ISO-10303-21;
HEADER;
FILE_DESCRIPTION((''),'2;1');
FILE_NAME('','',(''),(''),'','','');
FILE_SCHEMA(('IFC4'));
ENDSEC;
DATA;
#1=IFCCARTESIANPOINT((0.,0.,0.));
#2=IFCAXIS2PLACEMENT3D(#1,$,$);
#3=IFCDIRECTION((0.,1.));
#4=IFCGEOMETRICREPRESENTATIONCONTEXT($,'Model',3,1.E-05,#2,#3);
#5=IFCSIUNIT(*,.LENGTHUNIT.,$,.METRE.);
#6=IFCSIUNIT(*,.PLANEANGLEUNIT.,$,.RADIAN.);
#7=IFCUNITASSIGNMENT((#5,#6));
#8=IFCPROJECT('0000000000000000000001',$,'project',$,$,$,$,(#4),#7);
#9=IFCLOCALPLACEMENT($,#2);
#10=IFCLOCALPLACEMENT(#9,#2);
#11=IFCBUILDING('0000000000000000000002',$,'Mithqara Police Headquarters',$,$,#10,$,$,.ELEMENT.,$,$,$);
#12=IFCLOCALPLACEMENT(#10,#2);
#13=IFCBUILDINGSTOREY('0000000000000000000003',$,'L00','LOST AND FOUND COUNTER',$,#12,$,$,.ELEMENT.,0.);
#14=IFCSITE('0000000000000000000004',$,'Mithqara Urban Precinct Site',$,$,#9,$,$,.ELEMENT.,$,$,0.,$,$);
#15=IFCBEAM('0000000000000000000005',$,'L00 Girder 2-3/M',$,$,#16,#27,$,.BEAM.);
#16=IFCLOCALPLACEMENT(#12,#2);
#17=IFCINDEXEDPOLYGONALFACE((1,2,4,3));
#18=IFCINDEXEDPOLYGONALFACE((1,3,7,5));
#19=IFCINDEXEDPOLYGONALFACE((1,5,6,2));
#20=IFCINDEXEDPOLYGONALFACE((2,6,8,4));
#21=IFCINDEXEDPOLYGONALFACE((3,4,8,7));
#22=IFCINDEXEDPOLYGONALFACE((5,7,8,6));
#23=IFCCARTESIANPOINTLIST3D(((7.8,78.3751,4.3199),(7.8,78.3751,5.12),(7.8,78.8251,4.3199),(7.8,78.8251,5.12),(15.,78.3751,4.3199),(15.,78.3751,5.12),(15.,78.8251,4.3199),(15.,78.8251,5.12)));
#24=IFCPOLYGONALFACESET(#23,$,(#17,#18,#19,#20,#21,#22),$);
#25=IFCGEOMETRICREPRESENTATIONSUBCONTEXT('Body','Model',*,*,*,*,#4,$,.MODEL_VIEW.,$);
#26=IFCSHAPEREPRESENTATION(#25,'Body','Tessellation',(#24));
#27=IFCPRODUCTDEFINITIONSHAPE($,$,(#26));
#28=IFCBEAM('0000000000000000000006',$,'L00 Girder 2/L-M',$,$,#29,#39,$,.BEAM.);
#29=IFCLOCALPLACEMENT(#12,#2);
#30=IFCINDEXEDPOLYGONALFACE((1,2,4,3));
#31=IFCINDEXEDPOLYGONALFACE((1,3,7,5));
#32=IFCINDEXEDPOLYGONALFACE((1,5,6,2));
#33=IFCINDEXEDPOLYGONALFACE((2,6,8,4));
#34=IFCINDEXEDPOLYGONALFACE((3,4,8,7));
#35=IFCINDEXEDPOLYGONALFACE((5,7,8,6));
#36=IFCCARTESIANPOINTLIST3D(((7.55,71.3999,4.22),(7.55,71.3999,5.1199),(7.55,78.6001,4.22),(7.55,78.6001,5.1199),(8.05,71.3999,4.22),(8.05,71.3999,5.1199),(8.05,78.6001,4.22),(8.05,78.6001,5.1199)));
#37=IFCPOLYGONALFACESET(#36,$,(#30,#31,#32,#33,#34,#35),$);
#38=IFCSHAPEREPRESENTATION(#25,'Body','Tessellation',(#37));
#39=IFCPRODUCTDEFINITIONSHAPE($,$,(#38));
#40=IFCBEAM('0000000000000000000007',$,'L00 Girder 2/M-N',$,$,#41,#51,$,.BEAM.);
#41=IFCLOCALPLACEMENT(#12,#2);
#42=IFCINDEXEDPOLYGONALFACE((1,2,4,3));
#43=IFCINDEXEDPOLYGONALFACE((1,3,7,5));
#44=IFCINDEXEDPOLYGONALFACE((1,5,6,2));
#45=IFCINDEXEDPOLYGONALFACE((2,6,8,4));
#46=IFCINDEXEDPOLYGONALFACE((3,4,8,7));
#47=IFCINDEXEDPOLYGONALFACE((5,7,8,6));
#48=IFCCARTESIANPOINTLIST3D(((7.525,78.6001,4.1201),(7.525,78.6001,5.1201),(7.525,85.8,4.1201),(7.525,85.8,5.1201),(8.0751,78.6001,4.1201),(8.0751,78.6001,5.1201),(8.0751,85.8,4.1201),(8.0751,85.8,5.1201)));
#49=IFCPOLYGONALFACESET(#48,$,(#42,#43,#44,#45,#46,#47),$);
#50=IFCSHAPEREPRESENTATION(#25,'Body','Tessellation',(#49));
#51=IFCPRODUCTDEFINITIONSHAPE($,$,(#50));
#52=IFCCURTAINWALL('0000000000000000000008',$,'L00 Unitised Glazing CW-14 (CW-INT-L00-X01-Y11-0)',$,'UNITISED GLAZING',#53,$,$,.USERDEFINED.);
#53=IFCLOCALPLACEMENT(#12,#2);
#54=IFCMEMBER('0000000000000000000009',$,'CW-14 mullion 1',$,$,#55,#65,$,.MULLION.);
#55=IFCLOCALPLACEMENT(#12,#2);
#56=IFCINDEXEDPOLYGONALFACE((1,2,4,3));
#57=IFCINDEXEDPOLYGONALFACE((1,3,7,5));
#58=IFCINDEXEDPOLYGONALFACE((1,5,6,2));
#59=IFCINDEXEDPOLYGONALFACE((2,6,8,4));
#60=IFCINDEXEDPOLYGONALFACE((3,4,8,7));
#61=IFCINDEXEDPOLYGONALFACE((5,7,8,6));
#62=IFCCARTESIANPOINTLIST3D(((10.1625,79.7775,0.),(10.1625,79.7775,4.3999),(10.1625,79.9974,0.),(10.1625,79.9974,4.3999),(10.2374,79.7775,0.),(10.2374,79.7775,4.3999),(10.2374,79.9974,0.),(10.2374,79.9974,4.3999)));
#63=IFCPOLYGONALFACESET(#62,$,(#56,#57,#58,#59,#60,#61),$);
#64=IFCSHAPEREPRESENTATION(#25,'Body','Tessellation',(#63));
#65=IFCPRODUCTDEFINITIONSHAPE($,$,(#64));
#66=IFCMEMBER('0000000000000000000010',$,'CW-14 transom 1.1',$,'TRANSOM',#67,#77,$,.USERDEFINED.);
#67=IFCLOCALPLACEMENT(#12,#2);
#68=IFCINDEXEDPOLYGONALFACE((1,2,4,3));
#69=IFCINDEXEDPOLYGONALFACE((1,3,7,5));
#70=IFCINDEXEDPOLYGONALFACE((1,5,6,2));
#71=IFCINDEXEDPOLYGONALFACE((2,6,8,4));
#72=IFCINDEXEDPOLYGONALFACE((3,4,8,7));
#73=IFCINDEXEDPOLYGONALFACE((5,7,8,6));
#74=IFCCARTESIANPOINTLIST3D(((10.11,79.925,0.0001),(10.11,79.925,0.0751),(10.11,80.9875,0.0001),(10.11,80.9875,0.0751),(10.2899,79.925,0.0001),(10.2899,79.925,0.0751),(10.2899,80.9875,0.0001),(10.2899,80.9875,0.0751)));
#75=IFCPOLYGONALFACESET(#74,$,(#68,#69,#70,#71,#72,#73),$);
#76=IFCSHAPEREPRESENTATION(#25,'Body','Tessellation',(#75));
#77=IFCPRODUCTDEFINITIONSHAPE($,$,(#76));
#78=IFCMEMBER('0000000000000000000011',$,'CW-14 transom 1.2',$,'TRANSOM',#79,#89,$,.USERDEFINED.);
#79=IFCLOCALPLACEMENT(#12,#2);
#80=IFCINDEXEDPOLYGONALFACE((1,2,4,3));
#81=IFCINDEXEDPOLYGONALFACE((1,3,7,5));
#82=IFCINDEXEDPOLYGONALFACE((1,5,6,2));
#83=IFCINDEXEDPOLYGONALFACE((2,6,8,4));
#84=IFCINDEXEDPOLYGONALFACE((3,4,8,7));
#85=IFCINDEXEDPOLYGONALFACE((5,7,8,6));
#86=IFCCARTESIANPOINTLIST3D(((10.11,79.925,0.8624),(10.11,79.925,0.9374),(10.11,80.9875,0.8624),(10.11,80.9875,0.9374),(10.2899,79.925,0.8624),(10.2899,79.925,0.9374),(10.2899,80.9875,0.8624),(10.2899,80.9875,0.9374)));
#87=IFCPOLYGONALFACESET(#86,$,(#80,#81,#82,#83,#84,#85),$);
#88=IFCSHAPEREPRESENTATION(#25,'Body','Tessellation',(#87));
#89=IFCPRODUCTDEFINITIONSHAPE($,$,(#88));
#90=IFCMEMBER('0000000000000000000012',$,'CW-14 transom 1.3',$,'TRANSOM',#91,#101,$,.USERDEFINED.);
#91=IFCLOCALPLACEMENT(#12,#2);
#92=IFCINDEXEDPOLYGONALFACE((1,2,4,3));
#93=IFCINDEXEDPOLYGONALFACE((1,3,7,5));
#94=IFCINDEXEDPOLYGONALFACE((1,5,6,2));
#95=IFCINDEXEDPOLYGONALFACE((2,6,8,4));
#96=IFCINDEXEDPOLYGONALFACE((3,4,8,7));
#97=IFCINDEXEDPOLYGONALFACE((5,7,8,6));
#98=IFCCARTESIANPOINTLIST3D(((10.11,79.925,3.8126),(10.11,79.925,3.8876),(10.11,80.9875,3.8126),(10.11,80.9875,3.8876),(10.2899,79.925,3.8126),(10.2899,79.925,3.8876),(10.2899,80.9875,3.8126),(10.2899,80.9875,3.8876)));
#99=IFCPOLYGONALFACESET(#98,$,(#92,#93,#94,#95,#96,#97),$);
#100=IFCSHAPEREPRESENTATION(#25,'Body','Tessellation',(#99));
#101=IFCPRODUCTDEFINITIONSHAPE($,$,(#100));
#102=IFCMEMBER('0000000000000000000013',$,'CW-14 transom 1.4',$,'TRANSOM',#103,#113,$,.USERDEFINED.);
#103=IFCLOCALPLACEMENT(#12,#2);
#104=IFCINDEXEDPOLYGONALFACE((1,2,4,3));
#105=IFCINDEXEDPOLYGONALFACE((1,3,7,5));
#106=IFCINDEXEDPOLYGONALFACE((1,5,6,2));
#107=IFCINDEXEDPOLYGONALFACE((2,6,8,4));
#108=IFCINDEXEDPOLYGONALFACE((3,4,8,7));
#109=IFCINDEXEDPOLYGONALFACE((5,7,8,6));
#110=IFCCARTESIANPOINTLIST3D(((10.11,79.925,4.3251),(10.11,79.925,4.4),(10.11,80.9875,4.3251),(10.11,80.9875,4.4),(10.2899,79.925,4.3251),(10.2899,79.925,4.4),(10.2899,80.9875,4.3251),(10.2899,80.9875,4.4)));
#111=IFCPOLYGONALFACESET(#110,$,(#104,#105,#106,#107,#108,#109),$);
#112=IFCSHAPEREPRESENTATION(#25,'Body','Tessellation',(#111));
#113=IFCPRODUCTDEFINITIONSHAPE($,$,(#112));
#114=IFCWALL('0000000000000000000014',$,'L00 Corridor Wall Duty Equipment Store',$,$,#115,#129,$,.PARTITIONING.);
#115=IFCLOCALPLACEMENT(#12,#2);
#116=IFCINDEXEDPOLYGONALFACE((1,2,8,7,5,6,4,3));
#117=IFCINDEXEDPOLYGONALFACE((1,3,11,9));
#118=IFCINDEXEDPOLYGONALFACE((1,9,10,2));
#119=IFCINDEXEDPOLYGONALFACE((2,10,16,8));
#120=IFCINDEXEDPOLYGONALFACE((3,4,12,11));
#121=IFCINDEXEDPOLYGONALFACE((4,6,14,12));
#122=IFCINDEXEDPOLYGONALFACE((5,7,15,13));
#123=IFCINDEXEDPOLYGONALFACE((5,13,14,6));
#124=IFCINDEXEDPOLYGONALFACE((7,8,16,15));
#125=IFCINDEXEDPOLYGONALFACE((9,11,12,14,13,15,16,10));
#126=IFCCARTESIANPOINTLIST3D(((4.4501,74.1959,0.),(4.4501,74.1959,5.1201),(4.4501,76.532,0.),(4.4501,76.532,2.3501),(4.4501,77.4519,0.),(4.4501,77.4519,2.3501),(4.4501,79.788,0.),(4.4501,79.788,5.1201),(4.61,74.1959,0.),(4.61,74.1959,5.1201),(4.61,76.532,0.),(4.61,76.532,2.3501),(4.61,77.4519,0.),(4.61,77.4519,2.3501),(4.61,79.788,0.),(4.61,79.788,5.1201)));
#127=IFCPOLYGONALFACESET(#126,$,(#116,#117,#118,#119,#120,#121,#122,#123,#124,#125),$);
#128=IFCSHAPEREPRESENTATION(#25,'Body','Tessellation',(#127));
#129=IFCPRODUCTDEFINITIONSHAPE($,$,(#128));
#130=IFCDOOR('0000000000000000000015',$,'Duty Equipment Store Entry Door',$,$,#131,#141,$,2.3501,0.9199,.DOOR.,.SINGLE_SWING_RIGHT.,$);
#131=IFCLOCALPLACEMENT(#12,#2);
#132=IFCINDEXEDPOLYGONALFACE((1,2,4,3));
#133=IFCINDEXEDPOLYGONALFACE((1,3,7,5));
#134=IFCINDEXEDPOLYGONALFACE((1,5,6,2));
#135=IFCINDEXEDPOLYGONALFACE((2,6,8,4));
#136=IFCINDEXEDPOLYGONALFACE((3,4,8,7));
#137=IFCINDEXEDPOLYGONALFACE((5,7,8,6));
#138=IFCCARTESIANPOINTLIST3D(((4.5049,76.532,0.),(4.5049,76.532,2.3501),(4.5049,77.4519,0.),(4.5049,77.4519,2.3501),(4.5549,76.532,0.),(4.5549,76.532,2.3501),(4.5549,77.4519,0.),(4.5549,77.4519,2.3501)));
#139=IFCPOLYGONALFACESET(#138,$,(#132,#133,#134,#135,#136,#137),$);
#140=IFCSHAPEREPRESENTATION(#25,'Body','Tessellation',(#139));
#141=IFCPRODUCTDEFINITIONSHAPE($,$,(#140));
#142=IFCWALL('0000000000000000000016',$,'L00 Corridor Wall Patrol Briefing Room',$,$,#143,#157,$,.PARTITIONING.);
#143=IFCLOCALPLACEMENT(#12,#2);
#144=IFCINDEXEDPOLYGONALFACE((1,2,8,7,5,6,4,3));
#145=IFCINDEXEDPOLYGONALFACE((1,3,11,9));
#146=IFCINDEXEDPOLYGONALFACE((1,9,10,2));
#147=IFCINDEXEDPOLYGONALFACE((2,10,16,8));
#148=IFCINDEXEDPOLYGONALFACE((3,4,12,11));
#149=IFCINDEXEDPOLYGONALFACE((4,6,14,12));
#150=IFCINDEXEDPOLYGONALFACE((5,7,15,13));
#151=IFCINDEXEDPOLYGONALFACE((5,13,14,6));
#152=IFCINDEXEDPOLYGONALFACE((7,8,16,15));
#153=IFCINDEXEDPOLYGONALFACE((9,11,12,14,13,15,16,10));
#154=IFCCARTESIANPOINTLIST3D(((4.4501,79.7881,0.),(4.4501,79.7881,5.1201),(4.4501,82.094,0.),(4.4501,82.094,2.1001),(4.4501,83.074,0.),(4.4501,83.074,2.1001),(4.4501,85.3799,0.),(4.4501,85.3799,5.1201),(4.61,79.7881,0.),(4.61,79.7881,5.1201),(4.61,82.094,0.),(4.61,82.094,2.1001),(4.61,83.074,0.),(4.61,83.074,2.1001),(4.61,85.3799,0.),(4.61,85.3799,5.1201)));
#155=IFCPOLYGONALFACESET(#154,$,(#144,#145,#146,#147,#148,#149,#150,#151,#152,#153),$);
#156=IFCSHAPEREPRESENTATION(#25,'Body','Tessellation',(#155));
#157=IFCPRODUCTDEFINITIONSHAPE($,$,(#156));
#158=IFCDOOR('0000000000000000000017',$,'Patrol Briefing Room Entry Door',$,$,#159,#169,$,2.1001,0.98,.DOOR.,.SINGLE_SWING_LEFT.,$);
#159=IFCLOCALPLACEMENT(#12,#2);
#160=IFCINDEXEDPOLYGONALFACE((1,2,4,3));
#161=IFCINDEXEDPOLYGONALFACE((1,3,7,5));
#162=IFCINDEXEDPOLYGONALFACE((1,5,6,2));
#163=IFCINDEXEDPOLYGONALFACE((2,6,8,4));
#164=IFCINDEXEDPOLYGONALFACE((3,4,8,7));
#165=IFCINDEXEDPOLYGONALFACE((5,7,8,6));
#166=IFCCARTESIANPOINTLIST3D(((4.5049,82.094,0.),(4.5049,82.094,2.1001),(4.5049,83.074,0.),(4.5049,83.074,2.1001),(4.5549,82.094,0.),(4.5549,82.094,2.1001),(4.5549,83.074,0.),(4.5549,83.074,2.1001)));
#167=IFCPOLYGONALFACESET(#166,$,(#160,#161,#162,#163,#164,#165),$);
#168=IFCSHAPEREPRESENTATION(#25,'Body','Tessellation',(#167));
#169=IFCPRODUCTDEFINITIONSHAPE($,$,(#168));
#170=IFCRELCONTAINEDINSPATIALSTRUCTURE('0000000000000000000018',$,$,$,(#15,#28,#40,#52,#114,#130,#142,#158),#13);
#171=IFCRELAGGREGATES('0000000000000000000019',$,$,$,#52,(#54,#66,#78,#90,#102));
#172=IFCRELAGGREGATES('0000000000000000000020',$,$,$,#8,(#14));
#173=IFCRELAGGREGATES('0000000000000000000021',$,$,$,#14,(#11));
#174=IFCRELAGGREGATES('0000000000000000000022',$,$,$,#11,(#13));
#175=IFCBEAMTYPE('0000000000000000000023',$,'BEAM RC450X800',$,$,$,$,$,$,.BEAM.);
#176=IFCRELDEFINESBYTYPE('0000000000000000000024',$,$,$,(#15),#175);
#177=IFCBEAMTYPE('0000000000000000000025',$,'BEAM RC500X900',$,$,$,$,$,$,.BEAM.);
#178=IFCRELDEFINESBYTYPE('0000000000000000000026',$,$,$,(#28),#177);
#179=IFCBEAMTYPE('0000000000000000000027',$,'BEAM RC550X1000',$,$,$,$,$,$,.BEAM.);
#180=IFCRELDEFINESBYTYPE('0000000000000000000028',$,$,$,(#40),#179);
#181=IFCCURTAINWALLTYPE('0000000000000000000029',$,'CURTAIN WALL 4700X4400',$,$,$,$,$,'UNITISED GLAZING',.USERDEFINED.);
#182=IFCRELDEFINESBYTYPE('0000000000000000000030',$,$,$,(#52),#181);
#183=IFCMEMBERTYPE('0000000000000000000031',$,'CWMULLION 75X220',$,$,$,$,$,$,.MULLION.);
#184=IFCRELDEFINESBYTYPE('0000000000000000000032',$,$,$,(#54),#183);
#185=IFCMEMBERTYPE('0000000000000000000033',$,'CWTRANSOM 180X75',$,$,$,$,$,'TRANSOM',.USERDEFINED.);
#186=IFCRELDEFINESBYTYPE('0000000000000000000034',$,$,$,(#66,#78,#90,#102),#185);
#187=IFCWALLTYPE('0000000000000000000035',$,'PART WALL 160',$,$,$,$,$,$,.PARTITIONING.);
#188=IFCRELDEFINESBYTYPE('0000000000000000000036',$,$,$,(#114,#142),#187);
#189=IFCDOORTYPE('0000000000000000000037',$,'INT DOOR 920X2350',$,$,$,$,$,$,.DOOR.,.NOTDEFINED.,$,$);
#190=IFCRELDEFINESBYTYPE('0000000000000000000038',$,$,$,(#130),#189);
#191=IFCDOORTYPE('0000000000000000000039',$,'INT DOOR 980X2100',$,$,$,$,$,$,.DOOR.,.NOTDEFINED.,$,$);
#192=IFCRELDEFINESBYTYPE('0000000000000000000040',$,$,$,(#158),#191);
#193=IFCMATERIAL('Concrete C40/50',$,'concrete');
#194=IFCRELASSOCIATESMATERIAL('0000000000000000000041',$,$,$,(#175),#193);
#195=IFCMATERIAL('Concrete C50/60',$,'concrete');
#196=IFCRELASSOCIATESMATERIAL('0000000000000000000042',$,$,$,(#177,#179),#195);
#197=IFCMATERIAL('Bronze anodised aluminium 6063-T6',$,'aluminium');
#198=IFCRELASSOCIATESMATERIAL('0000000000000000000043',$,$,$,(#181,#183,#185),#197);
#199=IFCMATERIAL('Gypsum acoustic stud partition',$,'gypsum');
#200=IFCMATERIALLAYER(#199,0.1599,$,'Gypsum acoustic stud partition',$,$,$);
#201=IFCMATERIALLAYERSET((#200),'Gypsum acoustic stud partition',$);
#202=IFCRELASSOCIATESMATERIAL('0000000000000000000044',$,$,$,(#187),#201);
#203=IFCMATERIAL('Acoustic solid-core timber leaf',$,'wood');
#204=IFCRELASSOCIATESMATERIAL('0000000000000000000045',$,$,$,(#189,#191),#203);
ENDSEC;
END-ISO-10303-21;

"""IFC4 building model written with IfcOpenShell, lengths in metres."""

from ifc_helpers import new_model, si_unit, direction, frame, frame_2d, origin, origin_2d, place, context, subcontext, project, spatial, rectangle, extrude, material, layer, layer_set, material_profile, profile_set, type_object, element, fill, aggregate, save


model = new_model("IFC4")

# Units and contexts
model_context = context("Model", 3, precision=1e-05, world=origin(), true_north=direction((0.0, 1.0)))
body_context = subcontext(model_context, "Body", "Model", "MODEL_VIEW")
ifc_project = project(units=[si_unit("LENGTHUNIT", "METRE"), si_unit("PLANEANGLEUNIT", "RADIAN")], contexts=[model_context])

# Site, building, storey
site_placement = place(None, origin())
site = spatial("IfcSite", under=ifc_project, at=site_placement, Name="Mithqara Urban Precinct Site", CompositionType="ELEMENT", RefElevation=0.0)
building_placement = place(site_placement, origin())
building = spatial("IfcBuilding", under=site, at=building_placement, Name="Mithqara Police Headquarters", CompositionType="ELEMENT")
storey_placement = place(building_placement, origin())
storey = spatial("IfcBuildingStorey", under=building, at=storey_placement, Name="L00", Description="LOST AND FOUND COUNTER", CompositionType="ELEMENT", Elevation=0.0)

# Shared definitions
ifc_material_1 = material(Name="Concrete C40/50", Category="concrete")

# Shared definitions
ifc_material_2 = material(Name="Concrete C50/60", Category="concrete")

# Beams
ifc_material_profile_1 = material_profile(ifc_material_1, rectangle(XDim=0.45, YDim=0.8, at=origin_2d()), Name="RC 450x800")
ifc_profile_set_1 = profile_set([ifc_material_profile_1], Name="Concrete C40/50")
beam_type_1 = type_object("IfcBeamType", Name="BEAM RC450X800", PredefinedType="BEAM", material=ifc_profile_set_1)
beam_1_placement = place(storey_placement, frame((7.8, 78.6001, 4.72), z_axis=(1.0, 0.0, 0.0), x_axis=(0.0, 1.0, 0.0)))
element("IfcBeam", 1, at=beam_1_placement, inside=storey, type_object=beam_type_1, Name="L00 Girder 2-3/M", PredefinedType="BEAM", context=body_context, shape_type="SweptSolid", body=[
    extrude(rectangle(XDim=0.45, YDim=0.8, at=origin_2d()), origin(), (0.0, 0.0, 1.0), 7.2),
])
ifc_material_profile_2 = material_profile(ifc_material_2, rectangle(XDim=0.5, YDim=0.8999, at=origin_2d()), Name="RC 500x900")
ifc_profile_set_2 = profile_set([ifc_material_profile_2], Name="Concrete C50/60")
beam_type_2 = type_object("IfcBeamType", Name="BEAM RC500X900", PredefinedType="BEAM", material=ifc_profile_set_2)
beam_2_placement = place(storey_placement, frame((7.8, 71.3999, 4.6699), z_axis=(0.0, 1.0, 0.0), x_axis=(-1.0, 0.0, 0.0)))
element("IfcBeam", 2, at=beam_2_placement, inside=storey, type_object=beam_type_2, Name="L00 Girder 2/L-M", PredefinedType="BEAM", context=body_context, shape_type="SweptSolid", body=[
    extrude(rectangle(XDim=0.5, YDim=0.8999, at=origin_2d()), origin(), (0.0, 0.0, 1.0), 7.2002),
])
ifc_material_profile_3 = material_profile(ifc_material_2, rectangle(XDim=0.55, YDim=1.0, at=origin_2d()), Name="RC 550x1000")
ifc_profile_set_3 = profile_set([ifc_material_profile_3], Name="Concrete C50/60")
beam_type_3 = type_object("IfcBeamType", Name="BEAM RC550X1000", PredefinedType="BEAM", material=ifc_profile_set_3)
beam_3_placement = place(storey_placement, frame((7.8, 78.6001, 4.6201), z_axis=(0.0, 1.0, 0.0), x_axis=(-1.0, 0.0, 0.0)))
element("IfcBeam", 3, at=beam_3_placement, inside=storey, type_object=beam_type_3, Name="L00 Girder 2/M-N", PredefinedType="BEAM", context=body_context, shape_type="SweptSolid", body=[
    extrude(rectangle(XDim=0.55, YDim=1.0, at=origin_2d()), origin(), (0.0, 0.0, 1.0), 7.2),
])

# Curtain wall, members
ifc_material_3 = material(Name="Bronze anodised aluminium 6063-T6", Category="aluminium")
curtain_wall_type = type_object("IfcCurtainWallType", Name="CURTAIN WALL 4700X4400", ElementType="UNITISED GLAZING", PredefinedType="USERDEFINED", material=ifc_material_3)
curtain_wall_placement = place(storey_placement, origin())
curtain_wall = element("IfcCurtainWall", 4, at=curtain_wall_placement, inside=storey, type_object=curtain_wall_type, Name="L00 Unitised Glazing CW-14 (CW-INT-L00-X01-Y11-0)", ObjectType="UNITISED GLAZING", PredefinedType="USERDEFINED")
ifc_material_profile_4 = material_profile(ifc_material_3, rectangle(XDim=0.075, YDim=0.22, at=origin_2d()), Name="CWM 75x220")
ifc_profile_set_4 = profile_set([ifc_material_profile_4], Name="Bronze anodised aluminium 6063-T6")
member_type_1 = type_object("IfcMemberType", Name="CWMULLION 75X220", PredefinedType="MULLION", material=ifc_profile_set_4)
member_1_placement = place(storey_placement, frame((10.2, 79.8875, 0.0), z_axis=(0.0, 0.0, 1.0), x_axis=(-1.0, 0.0, 0.0)))
member_1 = element("IfcMember", 5, at=member_1_placement, type_object=member_type_1, Name="CW-14 mullion 1", PredefinedType="MULLION", context=body_context, shape_type="SweptSolid", body=[
    extrude(rectangle(XDim=0.075, YDim=0.22, at=origin_2d()), origin(), (0.0, 0.0, 1.0), 4.3999),
])
ifc_material_profile_5 = material_profile(ifc_material_3, rectangle(XDim=0.1799, YDim=0.075, at=origin_2d()), Name="CWT 180x75")
ifc_profile_set_5 = profile_set([ifc_material_profile_5], Name="Bronze anodised aluminium 6063-T6")
member_type_2 = type_object("IfcMemberType", Name="CWTRANSOM 180X75", ElementType="TRANSOM", PredefinedType="USERDEFINED", material=ifc_profile_set_5)
member_2_placement = place(storey_placement, frame((10.2, 79.925, 0.0376), z_axis=(0.0, 1.0, 0.0), x_axis=(-1.0, 0.0, 0.0)))
member_2 = element("IfcMember", 6, at=member_2_placement, type_object=member_type_2, Name="CW-14 transom 1.1", ObjectType="TRANSOM", PredefinedType="USERDEFINED", context=body_context, shape_type="SweptSolid", body=[
    extrude(rectangle(XDim=0.1799, YDim=0.075, at=origin_2d()), origin(), (0.0, 0.0, 1.0), 1.0625),
])
member_3_placement = place(storey_placement, frame((10.2, 79.925, 0.8999), z_axis=(0.0, 1.0, 0.0), x_axis=(-1.0, 0.0, 0.0)))
member_3 = element("IfcMember", 7, at=member_3_placement, type_object=member_type_2, Name="CW-14 transom 1.2", ObjectType="TRANSOM", PredefinedType="USERDEFINED", context=body_context, shape_type="SweptSolid", body=[
    extrude(rectangle(XDim=0.1799, YDim=0.075, at=origin_2d()), origin(), (0.0, 0.0, 1.0), 1.0625),
])
member_4_placement = place(storey_placement, frame((10.2, 79.925, 3.8501), z_axis=(0.0, 1.0, 0.0), x_axis=(-1.0, 0.0, 0.0)))
member_4 = element("IfcMember", 8, at=member_4_placement, type_object=member_type_2, Name="CW-14 transom 1.3", ObjectType="TRANSOM", PredefinedType="USERDEFINED", context=body_context, shape_type="SweptSolid", body=[
    extrude(rectangle(XDim=0.1799, YDim=0.075, at=origin_2d()), origin(), (0.0, 0.0, 1.0), 1.0625),
])
member_5_placement = place(storey_placement, frame((10.2, 79.925, 4.3625), z_axis=(0.0, 1.0, 0.0), x_axis=(-1.0, 0.0, 0.0)))
member_5 = element("IfcMember", 9, at=member_5_placement, type_object=member_type_2, Name="CW-14 transom 1.4", ObjectType="TRANSOM", PredefinedType="USERDEFINED", context=body_context, shape_type="SweptSolid", body=[
    extrude(rectangle(XDim=0.1799, YDim=0.075, at=origin_2d()), origin(), (0.0, 0.0, 1.0), 1.0625),
])
aggregate(curtain_wall, [member_1, member_2, member_3, member_4, member_5])

# Walls, openings, doors
ifc_material_4 = material(Name="Gypsum acoustic stud partition", Category="gypsum")
ifc_layer_1 = layer(ifc_material_4, 0.1599, Name="Gypsum acoustic stud partition")
ifc_layer_set_1 = layer_set([ifc_layer_1], Name="Gypsum acoustic stud partition")
wall_type_1 = type_object("IfcWallType", Name="PART WALL 160", PredefinedType="PARTITIONING", material=ifc_layer_set_1)
wall_1_placement = place(storey_placement, frame((4.53, 74.196, 0.0), z_axis=(0.0, 0.0, 1.0), x_axis=(0.0, 1.0, 0.0)))
wall_1 = element("IfcWall", 10, at=wall_1_placement, inside=storey, type_object=wall_type_1, Name="L00 Corridor Wall Duty Equipment Store", PredefinedType="PARTITIONING", context=body_context, shape_type="SweptSolid", body=[
    extrude(rectangle(XDim=5.592, YDim=0.1599, at=frame_2d((2.7959, 0.0))), origin(), (0.0, 0.0, 1.0), 5.1201),
])
opening_1_placement = place(wall_1_placement, frame((2.3359, 0.0, 0.0)))
opening_1 = element("IfcOpeningElement", 11, at=opening_1_placement, cuts=wall_1, PredefinedType="OPENING", context=body_context, shape_type="SweptSolid", body=[
    extrude(rectangle(XDim=0.9199, YDim=2.3501, at=frame_2d((0.46, 1.175))), frame((0.0, 0.0898, 0.0), z_axis=(0.0, -1.0, 0.0), x_axis=(1.0, 0.0, 0.0)), (0.0, 0.0, 1.0), 0.1799),
])
ifc_material_5 = material(Name="Acoustic solid-core timber leaf", Category="wood")
door_type_1 = type_object("IfcDoorType", Name="INT DOOR 920X2350", OperationType="NOTDEFINED", PredefinedType="DOOR", material=ifc_material_5)
door_1_placement = place(opening_1_placement, frame((0.9199, 0.0, 0.0), z_axis=(0.0, 0.0, 1.0), x_axis=(-1.0, 0.0, 0.0)))
door_1 = element("IfcDoor", 12, at=door_1_placement, inside=storey, type_object=door_type_1, Name="Duty Equipment Store Entry Door", OperationType="SINGLE_SWING_RIGHT", OverallHeight=2.3501, OverallWidth=0.9199, PredefinedType="DOOR", context=body_context, shape_type="SweptSolid", body=[
    extrude(rectangle(XDim=0.9199, YDim=2.3501, at=frame_2d((0.46, 1.175))), frame((0.0, 0.0249, 0.0), z_axis=(0.0, -1.0, 0.0), x_axis=(1.0, 0.0, 0.0)), (0.0, 0.0, 1.0), 0.05),
])
fill(opening_1, door_1)
wall_2_placement = place(storey_placement, frame((4.53, 79.7881, 0.0), z_axis=(0.0, 0.0, 1.0), x_axis=(0.0, 1.0, 0.0)))
wall_2 = element("IfcWall", 13, at=wall_2_placement, inside=storey, type_object=wall_type_1, Name="L00 Corridor Wall Patrol Briefing Room", PredefinedType="PARTITIONING", context=body_context, shape_type="SweptSolid", body=[
    extrude(rectangle(XDim=5.5918, YDim=0.1599, at=frame_2d((2.7959, 0.0))), origin(), (0.0, 0.0, 1.0), 5.1201),
])
opening_2_placement = place(wall_2_placement, frame((2.3059, 0.0, 0.0)))
opening_2 = element("IfcOpeningElement", 14, at=opening_2_placement, cuts=wall_2, PredefinedType="OPENING", context=body_context, shape_type="SweptSolid", body=[
    extrude(rectangle(XDim=0.98, YDim=2.1001, at=frame_2d((0.49, 1.05))), frame((0.0, 0.0898, 0.0), z_axis=(0.0, -1.0, 0.0), x_axis=(1.0, 0.0, 0.0)), (0.0, 0.0, 1.0), 0.1799),
])
door_type_2 = type_object("IfcDoorType", Name="INT DOOR 980X2100", OperationType="NOTDEFINED", PredefinedType="DOOR", material=ifc_material_5)
door_2_placement = place(opening_2_placement, frame((0.98, 0.0, 0.0), z_axis=(0.0, 0.0, 1.0), x_axis=(-1.0, 0.0, 0.0)))
door_2 = element("IfcDoor", 15, at=door_2_placement, inside=storey, type_object=door_type_2, Name="Patrol Briefing Room Entry Door", OperationType="SINGLE_SWING_LEFT", OverallHeight=2.1001, OverallWidth=0.98, PredefinedType="DOOR", context=body_context, shape_type="SweptSolid", body=[
    extrude(rectangle(XDim=0.98, YDim=2.1001, at=frame_2d((0.49, 1.05))), frame((0.0, 0.0249, 0.0), z_axis=(0.0, -1.0, 0.0), x_axis=(1.0, 0.0, 0.0)), (0.0, 0.0, 1.0), 0.05),
])
fill(opening_2, door_2)

save(model, "model.ifc")
